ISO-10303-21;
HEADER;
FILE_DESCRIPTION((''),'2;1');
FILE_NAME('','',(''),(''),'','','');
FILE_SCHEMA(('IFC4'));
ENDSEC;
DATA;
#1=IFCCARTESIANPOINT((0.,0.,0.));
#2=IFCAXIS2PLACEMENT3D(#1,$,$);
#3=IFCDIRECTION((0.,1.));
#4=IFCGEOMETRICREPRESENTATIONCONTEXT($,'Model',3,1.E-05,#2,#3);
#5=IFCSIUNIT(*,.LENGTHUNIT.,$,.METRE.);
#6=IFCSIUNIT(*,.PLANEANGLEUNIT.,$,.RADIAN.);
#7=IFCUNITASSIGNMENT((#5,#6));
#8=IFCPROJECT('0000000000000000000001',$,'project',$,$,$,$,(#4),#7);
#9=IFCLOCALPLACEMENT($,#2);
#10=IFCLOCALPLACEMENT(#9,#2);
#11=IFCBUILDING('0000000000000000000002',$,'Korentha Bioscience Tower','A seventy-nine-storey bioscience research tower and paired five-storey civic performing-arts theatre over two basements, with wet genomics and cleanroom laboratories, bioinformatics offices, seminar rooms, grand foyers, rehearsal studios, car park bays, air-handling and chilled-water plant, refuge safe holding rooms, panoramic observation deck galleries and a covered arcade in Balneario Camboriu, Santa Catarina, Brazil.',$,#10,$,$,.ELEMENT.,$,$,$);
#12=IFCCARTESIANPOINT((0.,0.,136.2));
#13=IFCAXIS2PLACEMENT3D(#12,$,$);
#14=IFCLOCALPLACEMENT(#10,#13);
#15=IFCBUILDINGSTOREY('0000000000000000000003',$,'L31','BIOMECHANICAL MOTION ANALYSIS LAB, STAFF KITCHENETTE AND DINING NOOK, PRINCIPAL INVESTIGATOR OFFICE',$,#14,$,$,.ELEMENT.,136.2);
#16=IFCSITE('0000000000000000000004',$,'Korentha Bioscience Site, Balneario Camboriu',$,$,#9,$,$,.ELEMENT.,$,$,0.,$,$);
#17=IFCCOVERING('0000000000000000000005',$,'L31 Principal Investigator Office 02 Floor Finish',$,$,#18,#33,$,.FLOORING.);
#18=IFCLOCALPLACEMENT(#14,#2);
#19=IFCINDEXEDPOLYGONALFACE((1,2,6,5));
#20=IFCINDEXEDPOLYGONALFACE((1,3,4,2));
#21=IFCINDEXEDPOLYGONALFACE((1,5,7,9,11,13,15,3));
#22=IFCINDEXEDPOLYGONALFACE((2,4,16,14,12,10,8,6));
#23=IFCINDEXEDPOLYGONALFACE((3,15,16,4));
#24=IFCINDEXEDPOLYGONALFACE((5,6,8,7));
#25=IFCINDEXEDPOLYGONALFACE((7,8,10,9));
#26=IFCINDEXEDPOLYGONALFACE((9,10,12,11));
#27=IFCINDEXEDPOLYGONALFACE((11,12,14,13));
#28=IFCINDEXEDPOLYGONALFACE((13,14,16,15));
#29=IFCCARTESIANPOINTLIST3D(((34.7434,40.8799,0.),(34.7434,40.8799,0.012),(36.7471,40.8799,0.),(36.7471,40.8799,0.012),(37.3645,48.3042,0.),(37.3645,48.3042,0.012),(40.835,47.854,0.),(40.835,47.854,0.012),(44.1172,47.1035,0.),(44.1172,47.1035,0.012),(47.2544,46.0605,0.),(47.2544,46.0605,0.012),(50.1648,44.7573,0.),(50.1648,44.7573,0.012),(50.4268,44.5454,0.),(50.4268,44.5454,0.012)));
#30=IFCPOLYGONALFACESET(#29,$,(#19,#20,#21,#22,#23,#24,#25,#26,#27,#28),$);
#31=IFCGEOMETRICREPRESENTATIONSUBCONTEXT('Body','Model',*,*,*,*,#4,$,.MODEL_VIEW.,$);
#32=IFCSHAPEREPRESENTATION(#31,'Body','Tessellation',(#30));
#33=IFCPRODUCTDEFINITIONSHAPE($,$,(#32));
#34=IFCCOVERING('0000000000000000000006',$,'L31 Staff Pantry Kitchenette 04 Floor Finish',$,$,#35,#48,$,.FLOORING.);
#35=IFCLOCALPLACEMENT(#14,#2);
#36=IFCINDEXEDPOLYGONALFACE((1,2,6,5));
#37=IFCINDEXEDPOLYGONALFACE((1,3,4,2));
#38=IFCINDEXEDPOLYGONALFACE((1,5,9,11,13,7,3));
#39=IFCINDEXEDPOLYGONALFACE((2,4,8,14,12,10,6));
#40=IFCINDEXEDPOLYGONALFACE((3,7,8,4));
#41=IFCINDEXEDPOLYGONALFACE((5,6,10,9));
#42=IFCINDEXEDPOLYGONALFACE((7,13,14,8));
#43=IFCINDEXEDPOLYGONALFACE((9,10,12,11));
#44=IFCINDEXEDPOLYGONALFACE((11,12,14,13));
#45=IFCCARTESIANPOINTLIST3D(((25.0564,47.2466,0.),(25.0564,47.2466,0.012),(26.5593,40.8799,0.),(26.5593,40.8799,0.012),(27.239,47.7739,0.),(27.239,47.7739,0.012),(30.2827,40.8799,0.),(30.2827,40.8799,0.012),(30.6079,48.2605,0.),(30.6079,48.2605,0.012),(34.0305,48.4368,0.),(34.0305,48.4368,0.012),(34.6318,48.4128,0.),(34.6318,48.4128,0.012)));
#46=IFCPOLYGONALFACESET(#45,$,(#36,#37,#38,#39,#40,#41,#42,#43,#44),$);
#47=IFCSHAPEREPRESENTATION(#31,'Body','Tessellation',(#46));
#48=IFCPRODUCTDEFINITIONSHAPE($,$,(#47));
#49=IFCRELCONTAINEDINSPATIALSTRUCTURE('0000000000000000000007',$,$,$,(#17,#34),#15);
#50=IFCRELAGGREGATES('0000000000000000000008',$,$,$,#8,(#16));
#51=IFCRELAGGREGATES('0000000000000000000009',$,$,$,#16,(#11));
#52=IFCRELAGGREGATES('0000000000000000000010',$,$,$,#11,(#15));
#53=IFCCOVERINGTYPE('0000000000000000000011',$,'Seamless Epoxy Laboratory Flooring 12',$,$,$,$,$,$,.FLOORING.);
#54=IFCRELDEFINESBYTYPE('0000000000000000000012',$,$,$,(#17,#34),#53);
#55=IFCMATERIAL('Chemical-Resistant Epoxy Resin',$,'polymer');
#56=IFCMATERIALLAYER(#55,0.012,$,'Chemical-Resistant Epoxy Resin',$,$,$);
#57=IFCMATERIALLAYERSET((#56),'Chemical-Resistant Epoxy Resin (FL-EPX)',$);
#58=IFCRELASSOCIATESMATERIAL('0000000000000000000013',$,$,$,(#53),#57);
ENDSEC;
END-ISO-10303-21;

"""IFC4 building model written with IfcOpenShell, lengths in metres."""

from ifc_helpers import new_model, si_unit, direction, frame, origin, place, context, subcontext, project, spatial, polyline, outline, extrude, material, layer, layer_set, type_object, element, save


model = new_model("IFC4")

# Units and contexts
model_context = context("Model", 3, precision=1e-05, world=origin(), true_north=direction((0.0, 1.0)))
body_context = subcontext(model_context, "Body", "Model", "MODEL_VIEW")
ifc_project = project(units=[si_unit("LENGTHUNIT", "METRE"), si_unit("PLANEANGLEUNIT", "RADIAN")], contexts=[model_context])

# Site, building, storey
site_placement = place(None, origin())
site = spatial("IfcSite", under=ifc_project, at=site_placement, Name="Korentha Bioscience Site, Balneario Camboriu", CompositionType="ELEMENT", RefElevation=0.0)
building_placement = place(site_placement, origin())
building = spatial("IfcBuilding", under=site, at=building_placement, Name="Korentha Bioscience Tower", Description="A seventy-nine-storey bioscience research tower and paired five-storey civic performing-arts theatre over two basements, with wet genomics and cleanroom laboratories, bioinformatics offices, seminar rooms, grand foyers, rehearsal studios, car park bays, air-handling and chilled-water plant, refuge safe holding rooms, panoramic observation deck galleries and a covered arcade in Balneario Camboriu, Santa Catarina, Brazil.", CompositionType="ELEMENT")
storey_placement = place(building_placement, frame((0.0, 0.0, 136.2)))
storey = spatial("IfcBuildingStorey", under=building, at=storey_placement, Name="L31", Description="BIOMECHANICAL MOTION ANALYSIS LAB, STAFF KITCHENETTE AND DINING NOOK, PRINCIPAL INVESTIGATOR OFFICE", CompositionType="ELEMENT", Elevation=136.2)

# Coverings
ifc_material_1 = material(Name="Chemical-Resistant Epoxy Resin", Category="polymer")
ifc_layer_1 = layer(ifc_material_1, 0.012, Name="Chemical-Resistant Epoxy Resin")
ifc_layer_set_1 = layer_set([ifc_layer_1], Name="Chemical-Resistant Epoxy Resin (FL-EPX)")
covering_type_1 = type_object("IfcCoveringType", Name="Seamless Epoxy Laboratory Flooring 12", PredefinedType="FLOORING", material=ifc_layer_set_1)
covering_1_placement = place(storey_placement, origin())
element("IfcCovering", 1, at=covering_1_placement, inside=storey, type_object=covering_type_1, Name="L31 Principal Investigator Office 02 Floor Finish", PredefinedType="FLOORING", context=body_context, shape_type="SweptSolid", body=[
    extrude(outline(polyline([(37.3645, 48.3042), (40.835, 47.854), (44.1172, 47.1035), (47.2544, 46.0605), (50.1648, 44.7573), (50.4268, 44.5454), (36.7471, 40.8799), (34.7434, 40.8799), (37.3645, 48.3042)])), origin(), (0.0, 0.0, 1.0), 0.012),
])
covering_2_placement = place(storey_placement, origin())
element("IfcCovering", 2, at=covering_2_placement, inside=storey, type_object=covering_type_1, Name="L31 Staff Pantry Kitchenette 04 Floor Finish", PredefinedType="FLOORING", context=body_context, shape_type="SweptSolid", body=[
    extrude(outline(polyline([(34.6318, 48.4128), (30.2827, 40.8799), (26.5593, 40.8799), (25.0564, 47.2466), (27.239, 47.7739), (30.6079, 48.2605), (34.0305, 48.4368), (34.6318, 48.4128)])), origin(), (0.0, 0.0, 1.0), 0.012),
])

save(model, "model.ifc")
